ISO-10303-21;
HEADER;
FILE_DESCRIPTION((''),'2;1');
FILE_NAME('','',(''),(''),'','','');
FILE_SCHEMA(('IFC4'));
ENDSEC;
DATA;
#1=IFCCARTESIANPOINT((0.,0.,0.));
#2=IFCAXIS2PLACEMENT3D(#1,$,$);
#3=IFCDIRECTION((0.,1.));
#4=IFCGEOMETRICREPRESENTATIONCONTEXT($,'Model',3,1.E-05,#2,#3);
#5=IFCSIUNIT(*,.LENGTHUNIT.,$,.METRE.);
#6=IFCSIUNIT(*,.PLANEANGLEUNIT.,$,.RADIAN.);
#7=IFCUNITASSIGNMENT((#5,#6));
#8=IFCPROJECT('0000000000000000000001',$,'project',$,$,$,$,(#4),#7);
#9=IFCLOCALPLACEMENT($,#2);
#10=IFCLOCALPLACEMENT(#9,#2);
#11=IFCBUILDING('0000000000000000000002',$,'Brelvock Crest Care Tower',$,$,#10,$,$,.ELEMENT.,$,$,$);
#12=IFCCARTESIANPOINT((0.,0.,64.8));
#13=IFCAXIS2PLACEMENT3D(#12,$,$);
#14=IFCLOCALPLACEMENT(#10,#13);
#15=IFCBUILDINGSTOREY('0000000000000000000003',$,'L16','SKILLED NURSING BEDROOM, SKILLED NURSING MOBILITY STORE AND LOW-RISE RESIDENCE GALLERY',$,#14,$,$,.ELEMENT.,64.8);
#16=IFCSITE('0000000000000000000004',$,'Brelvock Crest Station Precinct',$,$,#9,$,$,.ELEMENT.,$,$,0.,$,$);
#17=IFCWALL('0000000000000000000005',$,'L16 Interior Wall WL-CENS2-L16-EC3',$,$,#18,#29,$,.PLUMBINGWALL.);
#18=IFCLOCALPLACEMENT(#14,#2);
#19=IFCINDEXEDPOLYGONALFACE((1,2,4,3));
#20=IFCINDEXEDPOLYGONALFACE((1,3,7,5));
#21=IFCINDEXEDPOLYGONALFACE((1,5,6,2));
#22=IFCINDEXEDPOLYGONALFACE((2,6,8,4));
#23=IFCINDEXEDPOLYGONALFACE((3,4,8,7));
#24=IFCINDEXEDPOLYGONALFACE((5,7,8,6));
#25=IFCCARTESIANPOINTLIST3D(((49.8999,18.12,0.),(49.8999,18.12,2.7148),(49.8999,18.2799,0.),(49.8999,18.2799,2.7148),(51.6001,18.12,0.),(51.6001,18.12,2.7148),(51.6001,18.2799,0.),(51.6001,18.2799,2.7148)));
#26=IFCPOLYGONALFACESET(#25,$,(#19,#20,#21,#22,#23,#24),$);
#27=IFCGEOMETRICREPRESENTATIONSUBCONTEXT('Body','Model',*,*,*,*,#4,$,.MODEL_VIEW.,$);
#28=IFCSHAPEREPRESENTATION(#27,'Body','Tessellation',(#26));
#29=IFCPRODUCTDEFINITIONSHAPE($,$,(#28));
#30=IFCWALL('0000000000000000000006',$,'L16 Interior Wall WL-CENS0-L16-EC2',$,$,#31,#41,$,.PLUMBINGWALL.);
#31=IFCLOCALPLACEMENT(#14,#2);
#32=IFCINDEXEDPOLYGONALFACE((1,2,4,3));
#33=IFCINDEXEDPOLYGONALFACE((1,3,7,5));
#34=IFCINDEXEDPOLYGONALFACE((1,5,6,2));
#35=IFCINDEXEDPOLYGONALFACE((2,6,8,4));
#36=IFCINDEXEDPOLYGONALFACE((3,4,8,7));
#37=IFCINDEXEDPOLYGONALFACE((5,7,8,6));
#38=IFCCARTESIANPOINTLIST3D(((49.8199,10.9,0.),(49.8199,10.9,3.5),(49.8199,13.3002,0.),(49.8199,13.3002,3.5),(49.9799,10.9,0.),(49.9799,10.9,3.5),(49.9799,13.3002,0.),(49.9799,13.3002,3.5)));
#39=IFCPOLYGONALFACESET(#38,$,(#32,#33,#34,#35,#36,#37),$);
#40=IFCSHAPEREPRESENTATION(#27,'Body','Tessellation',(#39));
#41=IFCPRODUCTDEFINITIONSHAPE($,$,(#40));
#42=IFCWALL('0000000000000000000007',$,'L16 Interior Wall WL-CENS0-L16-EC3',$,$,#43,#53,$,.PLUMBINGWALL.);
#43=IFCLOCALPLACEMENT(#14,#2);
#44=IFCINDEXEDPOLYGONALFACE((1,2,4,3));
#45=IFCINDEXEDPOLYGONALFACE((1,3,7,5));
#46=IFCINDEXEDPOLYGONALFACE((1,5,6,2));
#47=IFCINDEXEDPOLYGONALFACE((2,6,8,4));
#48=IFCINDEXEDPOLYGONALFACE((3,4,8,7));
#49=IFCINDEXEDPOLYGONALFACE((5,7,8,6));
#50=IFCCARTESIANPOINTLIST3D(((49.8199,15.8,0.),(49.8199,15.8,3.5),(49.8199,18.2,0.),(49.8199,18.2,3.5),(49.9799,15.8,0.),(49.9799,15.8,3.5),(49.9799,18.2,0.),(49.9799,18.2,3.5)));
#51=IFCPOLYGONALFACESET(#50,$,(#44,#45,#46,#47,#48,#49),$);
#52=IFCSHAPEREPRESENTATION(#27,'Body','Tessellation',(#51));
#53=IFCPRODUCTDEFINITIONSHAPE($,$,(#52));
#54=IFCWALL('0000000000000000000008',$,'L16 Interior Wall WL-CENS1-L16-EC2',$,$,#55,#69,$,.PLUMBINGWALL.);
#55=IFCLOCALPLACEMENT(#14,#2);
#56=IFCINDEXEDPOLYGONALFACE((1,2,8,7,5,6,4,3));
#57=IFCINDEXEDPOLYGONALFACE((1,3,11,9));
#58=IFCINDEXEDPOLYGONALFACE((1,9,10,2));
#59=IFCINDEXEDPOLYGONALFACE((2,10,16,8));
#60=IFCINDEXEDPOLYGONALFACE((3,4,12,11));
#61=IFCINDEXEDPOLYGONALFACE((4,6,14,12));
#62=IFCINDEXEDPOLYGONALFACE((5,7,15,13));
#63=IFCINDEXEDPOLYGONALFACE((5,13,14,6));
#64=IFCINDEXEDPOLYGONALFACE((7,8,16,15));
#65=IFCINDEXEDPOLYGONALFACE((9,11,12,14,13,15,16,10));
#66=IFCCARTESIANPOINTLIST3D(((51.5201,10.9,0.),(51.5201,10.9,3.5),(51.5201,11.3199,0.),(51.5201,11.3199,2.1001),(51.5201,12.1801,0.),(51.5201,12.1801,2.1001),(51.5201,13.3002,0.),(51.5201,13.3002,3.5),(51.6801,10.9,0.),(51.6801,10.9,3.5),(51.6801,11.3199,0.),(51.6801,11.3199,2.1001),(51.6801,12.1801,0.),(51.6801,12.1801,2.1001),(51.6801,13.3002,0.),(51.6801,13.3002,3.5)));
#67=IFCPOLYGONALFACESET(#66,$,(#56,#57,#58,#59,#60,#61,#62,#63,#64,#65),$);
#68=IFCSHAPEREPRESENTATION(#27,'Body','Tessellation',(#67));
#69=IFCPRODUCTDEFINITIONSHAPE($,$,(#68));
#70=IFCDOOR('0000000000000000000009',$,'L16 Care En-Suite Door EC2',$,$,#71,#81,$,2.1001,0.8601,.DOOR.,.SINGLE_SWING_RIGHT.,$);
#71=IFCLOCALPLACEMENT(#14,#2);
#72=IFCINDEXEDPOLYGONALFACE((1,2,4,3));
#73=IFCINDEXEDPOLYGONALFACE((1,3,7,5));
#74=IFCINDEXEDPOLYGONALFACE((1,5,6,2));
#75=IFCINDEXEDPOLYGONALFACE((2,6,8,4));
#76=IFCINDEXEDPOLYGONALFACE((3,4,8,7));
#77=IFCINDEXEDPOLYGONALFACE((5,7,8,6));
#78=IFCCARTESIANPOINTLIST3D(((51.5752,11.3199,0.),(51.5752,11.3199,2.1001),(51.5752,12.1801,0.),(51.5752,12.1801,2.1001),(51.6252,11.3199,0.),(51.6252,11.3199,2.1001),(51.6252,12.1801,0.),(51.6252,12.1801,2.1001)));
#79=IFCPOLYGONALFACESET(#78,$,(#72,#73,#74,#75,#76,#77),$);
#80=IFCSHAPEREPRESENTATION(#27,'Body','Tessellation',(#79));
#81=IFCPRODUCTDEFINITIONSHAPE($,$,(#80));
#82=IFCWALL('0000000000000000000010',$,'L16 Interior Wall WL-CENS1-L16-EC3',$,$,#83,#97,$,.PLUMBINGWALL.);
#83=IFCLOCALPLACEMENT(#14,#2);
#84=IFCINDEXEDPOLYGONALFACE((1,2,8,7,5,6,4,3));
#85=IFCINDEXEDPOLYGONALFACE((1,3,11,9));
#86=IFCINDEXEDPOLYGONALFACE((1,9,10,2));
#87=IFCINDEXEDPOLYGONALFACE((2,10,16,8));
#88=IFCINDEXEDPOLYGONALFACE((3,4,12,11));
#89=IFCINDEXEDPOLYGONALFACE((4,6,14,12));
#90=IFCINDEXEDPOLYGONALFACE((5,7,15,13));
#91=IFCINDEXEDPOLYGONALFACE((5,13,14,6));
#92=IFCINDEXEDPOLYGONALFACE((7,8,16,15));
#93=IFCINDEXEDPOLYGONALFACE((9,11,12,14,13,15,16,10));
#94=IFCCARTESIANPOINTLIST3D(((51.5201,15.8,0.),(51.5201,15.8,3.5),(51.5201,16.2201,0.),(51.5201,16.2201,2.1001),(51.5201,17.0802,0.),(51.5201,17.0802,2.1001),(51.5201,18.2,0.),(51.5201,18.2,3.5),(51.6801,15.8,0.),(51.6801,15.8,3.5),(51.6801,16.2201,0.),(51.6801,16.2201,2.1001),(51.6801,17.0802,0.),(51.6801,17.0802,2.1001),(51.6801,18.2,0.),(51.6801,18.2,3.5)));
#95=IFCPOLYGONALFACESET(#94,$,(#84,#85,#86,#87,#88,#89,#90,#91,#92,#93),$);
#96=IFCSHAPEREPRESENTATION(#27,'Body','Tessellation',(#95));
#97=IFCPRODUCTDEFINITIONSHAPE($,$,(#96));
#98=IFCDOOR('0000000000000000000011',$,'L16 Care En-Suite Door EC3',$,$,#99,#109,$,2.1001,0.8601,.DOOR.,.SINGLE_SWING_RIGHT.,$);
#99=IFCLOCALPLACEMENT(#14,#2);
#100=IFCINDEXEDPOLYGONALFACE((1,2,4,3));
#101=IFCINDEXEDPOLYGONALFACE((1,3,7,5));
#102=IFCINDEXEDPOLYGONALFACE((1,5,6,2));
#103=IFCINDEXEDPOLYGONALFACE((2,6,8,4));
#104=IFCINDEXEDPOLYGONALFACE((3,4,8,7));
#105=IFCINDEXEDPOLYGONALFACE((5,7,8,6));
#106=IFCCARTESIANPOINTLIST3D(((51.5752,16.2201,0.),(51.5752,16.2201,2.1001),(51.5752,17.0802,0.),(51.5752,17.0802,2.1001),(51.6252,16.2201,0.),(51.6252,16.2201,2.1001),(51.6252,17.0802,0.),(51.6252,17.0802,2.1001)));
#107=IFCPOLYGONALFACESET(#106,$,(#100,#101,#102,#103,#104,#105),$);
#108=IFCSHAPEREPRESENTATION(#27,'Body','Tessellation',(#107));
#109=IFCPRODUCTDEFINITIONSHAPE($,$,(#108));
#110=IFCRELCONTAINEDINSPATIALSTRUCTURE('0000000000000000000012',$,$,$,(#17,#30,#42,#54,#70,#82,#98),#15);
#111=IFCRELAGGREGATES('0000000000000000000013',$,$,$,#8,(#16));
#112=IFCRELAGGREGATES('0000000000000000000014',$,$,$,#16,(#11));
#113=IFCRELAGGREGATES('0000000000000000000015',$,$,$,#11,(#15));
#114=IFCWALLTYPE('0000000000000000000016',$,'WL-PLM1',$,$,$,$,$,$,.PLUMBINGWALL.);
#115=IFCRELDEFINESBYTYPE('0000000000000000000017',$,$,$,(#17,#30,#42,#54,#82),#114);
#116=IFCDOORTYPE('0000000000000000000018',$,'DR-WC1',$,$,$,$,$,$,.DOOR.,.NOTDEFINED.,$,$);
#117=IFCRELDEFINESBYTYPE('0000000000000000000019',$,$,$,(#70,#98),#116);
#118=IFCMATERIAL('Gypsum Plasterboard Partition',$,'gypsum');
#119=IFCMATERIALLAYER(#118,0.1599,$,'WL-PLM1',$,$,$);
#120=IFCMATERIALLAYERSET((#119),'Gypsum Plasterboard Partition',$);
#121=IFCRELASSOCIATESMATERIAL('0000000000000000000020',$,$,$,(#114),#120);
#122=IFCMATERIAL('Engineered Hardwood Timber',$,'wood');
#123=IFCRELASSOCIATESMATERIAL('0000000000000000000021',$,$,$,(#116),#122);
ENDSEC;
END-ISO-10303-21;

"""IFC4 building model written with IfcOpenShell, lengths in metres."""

from ifc_helpers import new_model, si_unit, direction, frame, frame_2d, origin, origin_2d, place, context, subcontext, project, spatial, rectangle, extrude, source, transform, mapped, material, layer, layer_set, type_object, element, fill, save


model = new_model("IFC4")

# Units and contexts
model_context = context("Model", 3, precision=1e-05, world=origin(), true_north=direction((0.0, 1.0)))
body_context = subcontext(model_context, "Body", "Model", "MODEL_VIEW")
ifc_project = project(units=[si_unit("LENGTHUNIT", "METRE"), si_unit("PLANEANGLEUNIT", "RADIAN")], contexts=[model_context])

# Site, building, storey
site_placement = place(None, origin())
site = spatial("IfcSite", under=ifc_project, at=site_placement, Name="Brelvock Crest Station Precinct", CompositionType="ELEMENT", RefElevation=0.0)
building_placement = place(site_placement, origin())
building = spatial("IfcBuilding", under=site, at=building_placement, Name="Brelvock Crest Care Tower", CompositionType="ELEMENT")
storey_placement = place(building_placement, frame((0.0, 0.0, 64.8)))
storey = spatial("IfcBuildingStorey", under=building, at=storey_placement, Name="L16", Description="SKILLED NURSING BEDROOM, SKILLED NURSING MOBILITY STORE AND LOW-RISE RESIDENCE GALLERY", CompositionType="ELEMENT", Elevation=64.8)

# Shared definitions
ifc_material_1 = material(Name="Engineered Hardwood Timber", Category="wood")

# Walls
ifc_material_2 = material(Name="Gypsum Plasterboard Partition", Category="gypsum")
ifc_layer_1 = layer(ifc_material_2, 0.1599, Name="WL-PLM1")
ifc_layer_set_1 = layer_set([ifc_layer_1], Name="Gypsum Plasterboard Partition")
wall_type_1 = type_object("IfcWallType", Name="WL-PLM1", PredefinedType="PLUMBINGWALL", material=ifc_layer_set_1)
wall_1_placement = place(storey_placement, frame((49.8999, 18.2, 0.0), z_axis=(0.0, 0.0, 1.0), x_axis=(1.0, 0.0, 0.0)))
element("IfcWall", 1, at=wall_1_placement, inside=storey, type_object=wall_type_1, Name="L16 Interior Wall WL-CENS2-L16-EC3", PredefinedType="PLUMBINGWALL", context=body_context, shape_type="SweptSolid", body=[
    extrude(rectangle(XDim=1.7002, YDim=0.1599, at=frame_2d((0.8501, 0.0))), origin(), (0.0, 0.0, 1.0), 2.7148),
])
wall_2_placement = place(storey_placement, frame((49.8999, 10.8999, 0.0), z_axis=(0.0, 0.0, 1.0), x_axis=(0.0, 1.0, 0.0)))
element("IfcWall", 2, at=wall_2_placement, inside=storey, type_object=wall_type_1, Name="L16 Interior Wall WL-CENS0-L16-EC2", PredefinedType="PLUMBINGWALL", context=body_context, shape_type="SweptSolid", body=[
    extrude(rectangle(XDim=2.4001, YDim=0.1599, at=frame_2d((1.2002, 0.0))), origin(), (0.0, 0.0, 1.0), 3.5),
])
wall_3_placement = place(storey_placement, frame((49.8999, 15.8, 0.0), z_axis=(0.0, 0.0, 1.0), x_axis=(0.0, 1.0, 0.0)))
element("IfcWall", 3, at=wall_3_placement, inside=storey, type_object=wall_type_1, Name="L16 Interior Wall WL-CENS0-L16-EC3", PredefinedType="PLUMBINGWALL", context=body_context, shape_type="SweptSolid", body=[
    extrude(rectangle(XDim=2.3999, YDim=0.1599, at=frame_2d((1.2, 0.0))), origin(), (0.0, 0.0, 1.0), 3.5),
])

# Walls, openings, doors
wall_4_placement = place(storey_placement, frame((51.6001, 10.8999, 0.0), z_axis=(0.0, 0.0, 1.0), x_axis=(0.0, 1.0, 0.0)))
wall_4 = element("IfcWall", 4, at=wall_4_placement, inside=storey, type_object=wall_type_1, Name="L16 Interior Wall WL-CENS1-L16-EC2", PredefinedType="PLUMBINGWALL", context=body_context, shape_type="SweptSolid", body=[
    extrude(rectangle(XDim=2.4001, YDim=0.1599, at=frame_2d((1.2002, 0.0))), origin(), (0.0, 0.0, 1.0), 3.5),
])
opening_1_placement = place(wall_4_placement, frame((0.4199, 0.0, 0.0)))
opening_1 = element("IfcOpeningElement", 5, at=opening_1_placement, cuts=wall_4, PredefinedType="OPENING", context=body_context, shape_type="SweptSolid", body=[
    extrude(rectangle(XDim=0.8601, YDim=2.1001, at=origin_2d()), frame((0.4302, 0.0898, 1.05), z_axis=(0.0, -1.0, 0.0), x_axis=(1.0, 0.0, 0.0)), (0.0, 0.0, 1.0), 0.1799),
])
door_type_1 = type_object("IfcDoorType", Name="DR-WC1", OperationType="NOTDEFINED", PredefinedType="DOOR", material=ifc_material_1)
shared_shape_1 = source(origin(), body_context, "Body", "SweptSolid", [
    extrude(rectangle(XDim=0.8601, YDim=2.1001, at=origin_2d()), frame((0.4302, 0.0249, 1.05), z_axis=(0.0, -1.0, 0.0), x_axis=(1.0, 0.0, 0.0)), (0.0, 0.0, 1.0), 0.05),
])
door_1_placement = place(opening_1_placement, origin())
door_1 = element("IfcDoor", 6, at=door_1_placement, inside=storey, type_object=door_type_1, Name="L16 Care En-Suite Door EC2", OperationType="SINGLE_SWING_RIGHT", OverallHeight=2.1001, OverallWidth=0.8601, PredefinedType="DOOR", context=body_context, shape_type="MappedRepresentation", body=[
    mapped(shared_shape_1, transform((0.0, 0.0, 0.0), x_axis=(1.0, 0.0, 0.0), y_axis=(0.0, 1.0, 0.0), z_axis=(0.0, 0.0, 1.0), scale=1.0)),
])
fill(opening_1, door_1)
wall_5_placement = place(storey_placement, frame((51.6001, 15.8, 0.0), z_axis=(0.0, 0.0, 1.0), x_axis=(0.0, 1.0, 0.0)))
wall_5 = element("IfcWall", 7, at=wall_5_placement, inside=storey, type_object=wall_type_1, Name="L16 Interior Wall WL-CENS1-L16-EC3", PredefinedType="PLUMBINGWALL", context=body_context, shape_type="SweptSolid", body=[
    extrude(rectangle(XDim=2.3999, YDim=0.1599, at=frame_2d((1.2, 0.0))), origin(), (0.0, 0.0, 1.0), 3.5),
])
opening_2_placement = place(wall_5_placement, frame((0.4199, 0.0, 0.0)))
opening_2 = element("IfcOpeningElement", 8, at=opening_2_placement, cuts=wall_5, PredefinedType="OPENING", context=body_context, shape_type="SweptSolid", body=[
    extrude(rectangle(XDim=0.8601, YDim=2.1001, at=origin_2d()), frame((0.4302, 0.0898, 1.05), z_axis=(0.0, -1.0, 0.0), x_axis=(1.0, 0.0, 0.0)), (0.0, 0.0, 1.0), 0.1799),
])
door_2_placement = place(opening_2_placement, origin())
door_2 = element("IfcDoor", 9, at=door_2_placement, inside=storey, type_object=door_type_1, Name="L16 Care En-Suite Door EC3", OperationType="SINGLE_SWING_RIGHT", OverallHeight=2.1001, OverallWidth=0.8601, PredefinedType="DOOR", context=body_context, shape_type="MappedRepresentation", body=[
    mapped(shared_shape_1, transform((0.0, 0.0, 0.0), x_axis=(1.0, 0.0, 0.0), y_axis=(0.0, 1.0, 0.0), z_axis=(0.0, 0.0, 1.0), scale=1.0)),
])
fill(opening_2, door_2)

save(model, "model.ifc")
